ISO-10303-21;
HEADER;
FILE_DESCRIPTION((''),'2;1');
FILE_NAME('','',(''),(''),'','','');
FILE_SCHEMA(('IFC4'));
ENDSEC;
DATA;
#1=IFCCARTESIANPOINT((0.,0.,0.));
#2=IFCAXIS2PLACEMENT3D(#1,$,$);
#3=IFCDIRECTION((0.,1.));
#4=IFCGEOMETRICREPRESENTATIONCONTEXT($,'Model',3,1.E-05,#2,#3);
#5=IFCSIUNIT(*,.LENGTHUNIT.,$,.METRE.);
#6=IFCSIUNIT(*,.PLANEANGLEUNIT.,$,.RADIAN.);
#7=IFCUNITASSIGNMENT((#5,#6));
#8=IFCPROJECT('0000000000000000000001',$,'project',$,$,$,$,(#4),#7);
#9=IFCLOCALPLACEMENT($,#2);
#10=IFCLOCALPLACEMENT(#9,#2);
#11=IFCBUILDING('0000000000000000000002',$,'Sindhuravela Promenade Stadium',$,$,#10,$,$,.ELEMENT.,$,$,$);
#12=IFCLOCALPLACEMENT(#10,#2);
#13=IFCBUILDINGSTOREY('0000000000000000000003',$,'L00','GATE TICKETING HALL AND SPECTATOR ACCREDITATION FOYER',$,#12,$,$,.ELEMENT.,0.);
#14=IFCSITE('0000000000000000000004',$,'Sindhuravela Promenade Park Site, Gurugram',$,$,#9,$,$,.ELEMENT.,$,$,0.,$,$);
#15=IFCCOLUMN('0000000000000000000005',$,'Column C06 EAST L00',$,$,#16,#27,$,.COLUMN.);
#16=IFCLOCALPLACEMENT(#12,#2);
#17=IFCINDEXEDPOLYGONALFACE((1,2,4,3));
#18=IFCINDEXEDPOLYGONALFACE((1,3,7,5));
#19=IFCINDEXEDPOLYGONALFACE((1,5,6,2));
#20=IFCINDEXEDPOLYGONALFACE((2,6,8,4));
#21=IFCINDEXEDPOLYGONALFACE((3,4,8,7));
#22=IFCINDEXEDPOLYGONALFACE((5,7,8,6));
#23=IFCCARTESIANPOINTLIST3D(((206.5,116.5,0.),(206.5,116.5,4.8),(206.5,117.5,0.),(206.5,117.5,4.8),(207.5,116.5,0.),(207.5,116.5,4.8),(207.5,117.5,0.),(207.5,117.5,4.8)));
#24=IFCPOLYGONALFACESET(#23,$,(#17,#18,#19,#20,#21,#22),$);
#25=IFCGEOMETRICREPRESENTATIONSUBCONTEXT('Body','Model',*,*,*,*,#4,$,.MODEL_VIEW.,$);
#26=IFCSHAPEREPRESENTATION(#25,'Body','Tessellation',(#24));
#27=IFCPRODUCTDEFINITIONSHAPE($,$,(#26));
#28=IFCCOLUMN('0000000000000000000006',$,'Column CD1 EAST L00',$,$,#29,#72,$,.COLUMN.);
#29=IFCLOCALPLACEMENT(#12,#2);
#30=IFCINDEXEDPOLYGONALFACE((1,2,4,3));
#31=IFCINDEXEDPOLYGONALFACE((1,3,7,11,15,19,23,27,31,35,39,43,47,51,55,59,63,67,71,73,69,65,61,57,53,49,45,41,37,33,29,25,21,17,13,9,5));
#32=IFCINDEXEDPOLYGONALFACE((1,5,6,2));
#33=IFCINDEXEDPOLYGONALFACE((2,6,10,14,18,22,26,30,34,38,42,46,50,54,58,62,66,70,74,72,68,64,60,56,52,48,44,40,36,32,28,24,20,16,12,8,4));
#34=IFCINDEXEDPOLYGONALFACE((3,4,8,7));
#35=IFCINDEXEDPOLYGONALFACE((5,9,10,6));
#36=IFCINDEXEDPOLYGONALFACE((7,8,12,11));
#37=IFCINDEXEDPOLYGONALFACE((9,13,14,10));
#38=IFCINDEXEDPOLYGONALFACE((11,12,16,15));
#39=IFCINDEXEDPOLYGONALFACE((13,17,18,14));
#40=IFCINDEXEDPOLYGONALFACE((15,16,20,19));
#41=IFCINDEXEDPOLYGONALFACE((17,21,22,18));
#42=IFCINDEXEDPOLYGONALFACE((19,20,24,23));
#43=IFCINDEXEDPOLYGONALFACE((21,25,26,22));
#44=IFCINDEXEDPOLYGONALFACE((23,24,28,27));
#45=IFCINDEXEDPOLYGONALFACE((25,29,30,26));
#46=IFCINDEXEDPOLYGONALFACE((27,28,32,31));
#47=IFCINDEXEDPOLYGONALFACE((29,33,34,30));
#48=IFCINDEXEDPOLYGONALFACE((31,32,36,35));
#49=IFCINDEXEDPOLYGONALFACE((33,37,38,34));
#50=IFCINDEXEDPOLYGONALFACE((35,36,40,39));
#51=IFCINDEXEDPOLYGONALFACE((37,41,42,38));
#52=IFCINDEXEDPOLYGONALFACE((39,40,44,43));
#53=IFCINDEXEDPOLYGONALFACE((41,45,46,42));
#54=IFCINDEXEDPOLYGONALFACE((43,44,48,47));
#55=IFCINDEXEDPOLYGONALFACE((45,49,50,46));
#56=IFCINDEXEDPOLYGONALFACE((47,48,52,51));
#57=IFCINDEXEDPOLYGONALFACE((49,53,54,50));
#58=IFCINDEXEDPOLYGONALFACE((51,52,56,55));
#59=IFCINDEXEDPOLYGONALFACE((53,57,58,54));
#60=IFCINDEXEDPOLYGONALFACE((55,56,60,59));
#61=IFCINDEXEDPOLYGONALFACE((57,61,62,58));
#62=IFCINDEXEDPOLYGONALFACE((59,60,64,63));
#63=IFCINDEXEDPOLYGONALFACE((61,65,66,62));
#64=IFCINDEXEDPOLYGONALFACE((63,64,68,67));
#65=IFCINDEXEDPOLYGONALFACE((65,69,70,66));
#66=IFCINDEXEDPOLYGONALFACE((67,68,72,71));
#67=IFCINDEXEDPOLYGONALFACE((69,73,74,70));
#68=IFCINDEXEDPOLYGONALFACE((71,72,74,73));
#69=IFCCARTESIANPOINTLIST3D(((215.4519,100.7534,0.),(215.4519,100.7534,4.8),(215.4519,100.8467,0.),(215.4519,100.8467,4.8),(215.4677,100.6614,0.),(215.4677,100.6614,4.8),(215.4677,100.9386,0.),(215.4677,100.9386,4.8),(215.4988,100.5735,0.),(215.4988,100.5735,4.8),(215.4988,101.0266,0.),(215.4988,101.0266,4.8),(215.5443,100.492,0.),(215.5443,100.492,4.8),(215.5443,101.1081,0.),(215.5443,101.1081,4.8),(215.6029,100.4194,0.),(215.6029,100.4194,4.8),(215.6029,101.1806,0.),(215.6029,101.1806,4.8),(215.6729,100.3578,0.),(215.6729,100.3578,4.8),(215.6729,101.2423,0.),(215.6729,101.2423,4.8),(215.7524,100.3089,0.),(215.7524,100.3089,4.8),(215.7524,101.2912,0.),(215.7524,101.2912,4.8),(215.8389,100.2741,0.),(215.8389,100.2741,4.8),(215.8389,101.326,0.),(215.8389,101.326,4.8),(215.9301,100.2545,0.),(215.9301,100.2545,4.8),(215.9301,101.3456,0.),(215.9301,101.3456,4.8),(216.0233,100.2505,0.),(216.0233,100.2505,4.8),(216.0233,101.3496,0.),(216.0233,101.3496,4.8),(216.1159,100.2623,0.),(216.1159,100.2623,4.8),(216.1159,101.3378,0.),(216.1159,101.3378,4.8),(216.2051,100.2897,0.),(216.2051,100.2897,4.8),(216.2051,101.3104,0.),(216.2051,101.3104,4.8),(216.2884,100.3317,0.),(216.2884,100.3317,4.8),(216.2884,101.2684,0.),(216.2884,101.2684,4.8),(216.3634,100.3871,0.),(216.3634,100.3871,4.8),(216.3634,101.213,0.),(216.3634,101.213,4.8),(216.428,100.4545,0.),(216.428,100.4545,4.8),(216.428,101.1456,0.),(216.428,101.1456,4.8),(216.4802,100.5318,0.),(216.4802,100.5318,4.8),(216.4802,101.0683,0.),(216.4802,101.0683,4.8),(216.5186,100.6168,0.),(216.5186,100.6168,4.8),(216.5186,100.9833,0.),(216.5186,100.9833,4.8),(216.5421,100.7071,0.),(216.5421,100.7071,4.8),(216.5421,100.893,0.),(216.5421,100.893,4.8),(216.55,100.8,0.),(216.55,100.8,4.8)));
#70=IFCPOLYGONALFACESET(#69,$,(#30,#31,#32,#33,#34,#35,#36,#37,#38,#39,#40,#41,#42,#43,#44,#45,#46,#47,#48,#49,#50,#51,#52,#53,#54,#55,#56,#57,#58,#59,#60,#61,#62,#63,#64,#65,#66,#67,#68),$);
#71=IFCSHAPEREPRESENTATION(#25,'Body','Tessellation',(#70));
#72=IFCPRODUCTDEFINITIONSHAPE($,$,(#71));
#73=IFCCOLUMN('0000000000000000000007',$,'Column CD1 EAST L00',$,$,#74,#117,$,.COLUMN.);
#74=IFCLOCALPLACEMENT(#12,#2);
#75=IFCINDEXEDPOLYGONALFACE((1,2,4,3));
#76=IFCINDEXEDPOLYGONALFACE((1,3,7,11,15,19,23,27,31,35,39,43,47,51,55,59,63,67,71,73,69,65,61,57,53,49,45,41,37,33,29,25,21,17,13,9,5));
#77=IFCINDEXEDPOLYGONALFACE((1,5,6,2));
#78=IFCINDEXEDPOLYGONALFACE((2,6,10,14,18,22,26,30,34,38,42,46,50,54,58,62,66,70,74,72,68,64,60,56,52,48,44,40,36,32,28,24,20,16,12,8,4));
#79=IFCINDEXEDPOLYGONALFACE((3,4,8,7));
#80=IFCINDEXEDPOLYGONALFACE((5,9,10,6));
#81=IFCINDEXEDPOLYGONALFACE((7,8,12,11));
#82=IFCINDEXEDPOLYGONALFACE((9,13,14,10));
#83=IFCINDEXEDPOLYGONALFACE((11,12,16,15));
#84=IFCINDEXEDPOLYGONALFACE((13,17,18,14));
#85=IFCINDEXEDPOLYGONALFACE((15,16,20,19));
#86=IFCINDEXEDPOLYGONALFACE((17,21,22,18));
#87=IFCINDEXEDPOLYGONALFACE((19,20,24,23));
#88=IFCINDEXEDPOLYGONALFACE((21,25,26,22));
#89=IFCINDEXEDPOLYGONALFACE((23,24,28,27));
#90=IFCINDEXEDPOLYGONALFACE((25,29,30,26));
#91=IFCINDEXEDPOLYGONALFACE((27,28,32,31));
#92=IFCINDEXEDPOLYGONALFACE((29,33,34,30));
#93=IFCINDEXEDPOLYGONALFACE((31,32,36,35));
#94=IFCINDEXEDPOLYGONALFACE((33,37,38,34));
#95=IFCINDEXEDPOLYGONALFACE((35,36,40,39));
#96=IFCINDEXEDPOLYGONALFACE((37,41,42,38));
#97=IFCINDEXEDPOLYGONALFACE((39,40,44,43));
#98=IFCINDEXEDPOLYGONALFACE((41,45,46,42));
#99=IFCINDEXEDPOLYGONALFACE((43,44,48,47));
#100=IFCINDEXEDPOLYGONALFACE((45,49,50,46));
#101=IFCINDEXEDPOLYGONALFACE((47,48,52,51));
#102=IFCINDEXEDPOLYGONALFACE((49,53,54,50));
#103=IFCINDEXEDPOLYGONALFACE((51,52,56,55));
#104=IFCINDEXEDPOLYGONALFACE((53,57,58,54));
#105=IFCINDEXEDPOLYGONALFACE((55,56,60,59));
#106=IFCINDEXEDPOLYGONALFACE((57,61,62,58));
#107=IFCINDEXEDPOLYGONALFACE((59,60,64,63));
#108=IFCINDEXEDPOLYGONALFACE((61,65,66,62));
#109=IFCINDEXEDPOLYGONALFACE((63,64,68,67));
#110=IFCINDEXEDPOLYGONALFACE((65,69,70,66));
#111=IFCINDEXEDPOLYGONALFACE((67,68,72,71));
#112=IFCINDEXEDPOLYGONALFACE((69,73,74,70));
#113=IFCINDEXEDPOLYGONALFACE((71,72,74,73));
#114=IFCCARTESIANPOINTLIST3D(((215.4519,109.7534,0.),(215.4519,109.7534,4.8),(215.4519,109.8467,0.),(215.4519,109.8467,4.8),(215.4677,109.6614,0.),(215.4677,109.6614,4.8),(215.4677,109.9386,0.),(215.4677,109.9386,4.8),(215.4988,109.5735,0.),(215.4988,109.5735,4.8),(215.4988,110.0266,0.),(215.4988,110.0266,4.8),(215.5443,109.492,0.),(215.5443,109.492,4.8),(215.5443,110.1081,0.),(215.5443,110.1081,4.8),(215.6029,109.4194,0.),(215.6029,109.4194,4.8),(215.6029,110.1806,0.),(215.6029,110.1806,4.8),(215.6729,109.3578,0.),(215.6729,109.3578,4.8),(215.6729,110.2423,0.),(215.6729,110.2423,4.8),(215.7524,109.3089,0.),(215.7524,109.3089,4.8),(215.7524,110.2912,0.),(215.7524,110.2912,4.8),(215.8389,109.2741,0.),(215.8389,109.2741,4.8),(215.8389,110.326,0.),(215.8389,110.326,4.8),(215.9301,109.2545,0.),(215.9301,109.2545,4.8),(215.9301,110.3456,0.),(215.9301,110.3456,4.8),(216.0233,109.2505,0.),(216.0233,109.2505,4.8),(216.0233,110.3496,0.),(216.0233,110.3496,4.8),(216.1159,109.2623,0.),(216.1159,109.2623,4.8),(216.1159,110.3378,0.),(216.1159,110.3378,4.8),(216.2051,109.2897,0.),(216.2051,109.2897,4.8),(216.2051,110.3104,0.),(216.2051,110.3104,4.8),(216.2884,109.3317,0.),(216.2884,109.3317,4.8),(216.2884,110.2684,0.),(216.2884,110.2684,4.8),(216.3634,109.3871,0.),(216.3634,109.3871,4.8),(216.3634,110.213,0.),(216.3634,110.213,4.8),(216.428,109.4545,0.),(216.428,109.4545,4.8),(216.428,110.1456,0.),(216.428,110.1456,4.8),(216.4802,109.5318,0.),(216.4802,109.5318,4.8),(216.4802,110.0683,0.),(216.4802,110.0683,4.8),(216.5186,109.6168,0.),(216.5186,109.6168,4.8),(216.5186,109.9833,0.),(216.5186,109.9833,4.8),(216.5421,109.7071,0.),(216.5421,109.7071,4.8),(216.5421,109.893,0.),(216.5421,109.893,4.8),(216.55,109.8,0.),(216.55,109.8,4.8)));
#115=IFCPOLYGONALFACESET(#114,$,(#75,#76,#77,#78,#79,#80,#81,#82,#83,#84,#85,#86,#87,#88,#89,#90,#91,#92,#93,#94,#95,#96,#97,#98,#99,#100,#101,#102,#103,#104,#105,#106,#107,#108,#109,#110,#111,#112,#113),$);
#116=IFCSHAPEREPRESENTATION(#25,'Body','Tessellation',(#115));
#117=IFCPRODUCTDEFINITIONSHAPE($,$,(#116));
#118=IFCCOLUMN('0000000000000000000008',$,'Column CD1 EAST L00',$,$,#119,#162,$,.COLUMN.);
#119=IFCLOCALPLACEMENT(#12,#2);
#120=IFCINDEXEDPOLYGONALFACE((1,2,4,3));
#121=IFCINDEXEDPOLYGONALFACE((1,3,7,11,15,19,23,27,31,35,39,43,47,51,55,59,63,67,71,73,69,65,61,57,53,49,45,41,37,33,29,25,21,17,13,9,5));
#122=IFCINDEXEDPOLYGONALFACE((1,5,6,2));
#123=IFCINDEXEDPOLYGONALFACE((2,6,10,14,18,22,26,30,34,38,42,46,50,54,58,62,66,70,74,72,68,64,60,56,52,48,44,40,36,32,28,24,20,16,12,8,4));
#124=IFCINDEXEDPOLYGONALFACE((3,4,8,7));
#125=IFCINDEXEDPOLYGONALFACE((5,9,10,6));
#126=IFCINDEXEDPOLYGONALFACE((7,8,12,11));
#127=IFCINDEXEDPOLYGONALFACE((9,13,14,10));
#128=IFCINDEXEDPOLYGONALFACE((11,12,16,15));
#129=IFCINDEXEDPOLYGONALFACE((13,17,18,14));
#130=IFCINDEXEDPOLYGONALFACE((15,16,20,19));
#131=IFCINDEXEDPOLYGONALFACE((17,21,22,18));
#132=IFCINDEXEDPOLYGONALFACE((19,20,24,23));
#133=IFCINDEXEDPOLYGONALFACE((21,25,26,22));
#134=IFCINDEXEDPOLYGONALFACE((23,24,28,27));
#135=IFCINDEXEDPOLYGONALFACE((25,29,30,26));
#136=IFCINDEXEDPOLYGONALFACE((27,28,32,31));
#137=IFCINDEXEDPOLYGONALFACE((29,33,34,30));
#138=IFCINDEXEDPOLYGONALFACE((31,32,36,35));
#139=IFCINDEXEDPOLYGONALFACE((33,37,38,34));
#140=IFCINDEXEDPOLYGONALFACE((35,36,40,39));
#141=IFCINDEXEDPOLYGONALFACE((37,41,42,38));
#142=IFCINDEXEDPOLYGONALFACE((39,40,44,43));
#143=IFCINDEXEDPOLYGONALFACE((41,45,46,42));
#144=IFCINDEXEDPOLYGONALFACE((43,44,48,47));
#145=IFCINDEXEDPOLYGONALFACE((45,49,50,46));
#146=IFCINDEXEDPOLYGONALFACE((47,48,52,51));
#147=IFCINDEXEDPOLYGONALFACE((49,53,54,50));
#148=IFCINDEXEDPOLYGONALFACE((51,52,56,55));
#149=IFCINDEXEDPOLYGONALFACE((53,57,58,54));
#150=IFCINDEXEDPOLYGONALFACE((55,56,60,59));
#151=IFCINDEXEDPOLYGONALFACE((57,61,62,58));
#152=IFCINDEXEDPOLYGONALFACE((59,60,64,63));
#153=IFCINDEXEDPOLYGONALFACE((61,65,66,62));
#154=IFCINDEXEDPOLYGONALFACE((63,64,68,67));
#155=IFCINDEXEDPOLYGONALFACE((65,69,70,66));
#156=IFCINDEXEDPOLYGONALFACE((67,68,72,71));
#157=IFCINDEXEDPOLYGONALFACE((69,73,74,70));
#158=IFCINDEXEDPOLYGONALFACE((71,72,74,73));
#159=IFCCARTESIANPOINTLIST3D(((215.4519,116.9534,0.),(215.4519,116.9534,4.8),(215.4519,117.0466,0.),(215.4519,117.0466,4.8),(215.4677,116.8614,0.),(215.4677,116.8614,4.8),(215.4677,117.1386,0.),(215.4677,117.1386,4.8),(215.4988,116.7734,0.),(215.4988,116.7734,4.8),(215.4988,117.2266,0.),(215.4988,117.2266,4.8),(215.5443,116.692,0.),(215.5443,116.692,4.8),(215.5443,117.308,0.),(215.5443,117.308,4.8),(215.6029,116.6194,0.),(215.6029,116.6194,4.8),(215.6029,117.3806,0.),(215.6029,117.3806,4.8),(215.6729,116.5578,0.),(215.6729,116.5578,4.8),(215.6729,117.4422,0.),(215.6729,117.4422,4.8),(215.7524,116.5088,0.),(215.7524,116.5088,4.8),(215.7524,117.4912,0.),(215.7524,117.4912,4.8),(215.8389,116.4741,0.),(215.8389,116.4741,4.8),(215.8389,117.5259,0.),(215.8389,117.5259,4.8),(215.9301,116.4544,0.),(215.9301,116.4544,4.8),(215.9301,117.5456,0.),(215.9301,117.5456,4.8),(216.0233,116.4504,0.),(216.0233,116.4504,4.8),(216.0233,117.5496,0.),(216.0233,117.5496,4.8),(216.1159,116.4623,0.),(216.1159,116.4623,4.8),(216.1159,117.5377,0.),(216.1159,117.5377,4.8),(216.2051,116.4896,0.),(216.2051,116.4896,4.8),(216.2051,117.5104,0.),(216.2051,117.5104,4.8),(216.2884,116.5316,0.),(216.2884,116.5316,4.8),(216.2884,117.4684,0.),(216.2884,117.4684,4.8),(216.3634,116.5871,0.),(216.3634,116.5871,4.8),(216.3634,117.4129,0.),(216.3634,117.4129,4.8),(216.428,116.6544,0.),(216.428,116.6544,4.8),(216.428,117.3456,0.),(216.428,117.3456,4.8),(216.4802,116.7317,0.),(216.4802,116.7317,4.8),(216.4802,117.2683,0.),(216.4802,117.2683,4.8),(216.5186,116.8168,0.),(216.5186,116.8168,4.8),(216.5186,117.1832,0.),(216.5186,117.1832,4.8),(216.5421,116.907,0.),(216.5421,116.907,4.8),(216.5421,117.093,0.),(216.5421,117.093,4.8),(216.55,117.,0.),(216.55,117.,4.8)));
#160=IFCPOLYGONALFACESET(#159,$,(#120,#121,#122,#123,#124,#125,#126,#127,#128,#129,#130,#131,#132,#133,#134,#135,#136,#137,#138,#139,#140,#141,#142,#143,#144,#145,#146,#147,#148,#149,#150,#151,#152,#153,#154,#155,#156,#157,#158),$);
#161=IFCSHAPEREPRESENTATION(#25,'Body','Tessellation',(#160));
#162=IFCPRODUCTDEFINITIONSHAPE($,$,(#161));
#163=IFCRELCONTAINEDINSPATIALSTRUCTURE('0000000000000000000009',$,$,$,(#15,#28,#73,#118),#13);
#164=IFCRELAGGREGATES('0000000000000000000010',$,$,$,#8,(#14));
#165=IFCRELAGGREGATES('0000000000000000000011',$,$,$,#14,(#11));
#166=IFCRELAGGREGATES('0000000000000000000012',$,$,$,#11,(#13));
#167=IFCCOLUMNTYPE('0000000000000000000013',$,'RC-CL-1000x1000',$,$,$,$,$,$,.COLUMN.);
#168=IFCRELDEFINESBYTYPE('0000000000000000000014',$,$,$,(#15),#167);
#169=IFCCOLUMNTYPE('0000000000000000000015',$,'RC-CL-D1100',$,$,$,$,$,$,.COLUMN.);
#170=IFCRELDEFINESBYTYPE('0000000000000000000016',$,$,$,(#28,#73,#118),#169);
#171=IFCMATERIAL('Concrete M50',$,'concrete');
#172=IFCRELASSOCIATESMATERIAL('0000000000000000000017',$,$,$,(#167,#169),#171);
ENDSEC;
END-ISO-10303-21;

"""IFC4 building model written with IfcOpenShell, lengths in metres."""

from ifc_helpers import new_model, si_unit, direction, frame, origin, origin_2d, place, context, subcontext, project, spatial, rectangle, circle, extrude, material, material_profile, profile_set, type_object, element, save


model = new_model("IFC4")

# Units and contexts
model_context = context("Model", 3, precision=1e-05, world=origin(), true_north=direction((0.0, 1.0)))
body_context = subcontext(model_context, "Body", "Model", "MODEL_VIEW")
ifc_project = project(units=[si_unit("LENGTHUNIT", "METRE"), si_unit("PLANEANGLEUNIT", "RADIAN")], contexts=[model_context])

# Site, building, storey
site_placement = place(None, origin())
site = spatial("IfcSite", under=ifc_project, at=site_placement, Name="Sindhuravela Promenade Park Site, Gurugram", CompositionType="ELEMENT", RefElevation=0.0)
building_placement = place(site_placement, origin())
building = spatial("IfcBuilding", under=site, at=building_placement, Name="Sindhuravela Promenade Stadium", CompositionType="ELEMENT")
storey_placement = place(building_placement, origin())
storey = spatial("IfcBuildingStorey", under=building, at=storey_placement, Name="L00", Description="GATE TICKETING HALL AND SPECTATOR ACCREDITATION FOYER", CompositionType="ELEMENT", Elevation=0.0)

# Shared definitions
ifc_material_1 = material(Name="Concrete M50", Category="concrete")

# Columns
ifc_material_profile_1 = material_profile(ifc_material_1, rectangle(XDim=1.0, YDim=1.0, at=origin_2d()), Name="RC 1000x1000")
ifc_profile_set_1 = profile_set([ifc_material_profile_1], Name="Concrete M50")
column_type_1 = type_object("IfcColumnType", Name="RC-CL-1000x1000", PredefinedType="COLUMN", material=ifc_profile_set_1)
for number, where, z_axis, x_axis, name in (
    (1, (207.0, 117.0, 0.0), (0.0, 0.0, 1.0), (1.0, 0.0, 0.0), "Column C06 EAST L00"),
):
    element("IfcColumn", number, at=place(storey_placement, frame(where, z_axis=z_axis, x_axis=x_axis)), inside=storey, type_object=column_type_1, Name=name, PredefinedType="COLUMN", context=body_context, shape_type="SweptSolid", body=[
        extrude(rectangle(XDim=1.0, YDim=1.0, at=origin_2d()), origin(), (0.0, 0.0, 1.0), 4.8),
    ])
ifc_material_profile_2 = material_profile(ifc_material_1, circle(Radius=0.55, at=origin_2d()), Name="RC D1100")
ifc_profile_set_2 = profile_set([ifc_material_profile_2], Name="Concrete M50")
column_type_2 = type_object("IfcColumnType", Name="RC-CL-D1100", PredefinedType="COLUMN", material=ifc_profile_set_2)
for number, where, z_axis, x_axis, name in (
    (2, (216.0, 100.8, 0.0), (0.0, 0.0, 1.0), (1.0, 0.0, 0.0), "Column CD1 EAST L00"),
    (3, (216.0, 109.8, 0.0), (0.0, 0.0, 1.0), (1.0, 0.0, 0.0), "Column CD1 EAST L00"),
    (4, (216.0, 117.0, 0.0), (0.0, 0.0, 1.0), (1.0, 0.0, 0.0), "Column CD1 EAST L00"),
):
    element("IfcColumn", number, at=place(storey_placement, frame(where, z_axis=z_axis, x_axis=x_axis)), inside=storey, type_object=column_type_2, Name=name, PredefinedType="COLUMN", context=body_context, shape_type="SweptSolid", body=[
        extrude(circle(Radius=0.55, at=origin_2d()), origin(), (0.0, 0.0, 1.0), 4.8),
    ])

save(model, "model.ifc")
